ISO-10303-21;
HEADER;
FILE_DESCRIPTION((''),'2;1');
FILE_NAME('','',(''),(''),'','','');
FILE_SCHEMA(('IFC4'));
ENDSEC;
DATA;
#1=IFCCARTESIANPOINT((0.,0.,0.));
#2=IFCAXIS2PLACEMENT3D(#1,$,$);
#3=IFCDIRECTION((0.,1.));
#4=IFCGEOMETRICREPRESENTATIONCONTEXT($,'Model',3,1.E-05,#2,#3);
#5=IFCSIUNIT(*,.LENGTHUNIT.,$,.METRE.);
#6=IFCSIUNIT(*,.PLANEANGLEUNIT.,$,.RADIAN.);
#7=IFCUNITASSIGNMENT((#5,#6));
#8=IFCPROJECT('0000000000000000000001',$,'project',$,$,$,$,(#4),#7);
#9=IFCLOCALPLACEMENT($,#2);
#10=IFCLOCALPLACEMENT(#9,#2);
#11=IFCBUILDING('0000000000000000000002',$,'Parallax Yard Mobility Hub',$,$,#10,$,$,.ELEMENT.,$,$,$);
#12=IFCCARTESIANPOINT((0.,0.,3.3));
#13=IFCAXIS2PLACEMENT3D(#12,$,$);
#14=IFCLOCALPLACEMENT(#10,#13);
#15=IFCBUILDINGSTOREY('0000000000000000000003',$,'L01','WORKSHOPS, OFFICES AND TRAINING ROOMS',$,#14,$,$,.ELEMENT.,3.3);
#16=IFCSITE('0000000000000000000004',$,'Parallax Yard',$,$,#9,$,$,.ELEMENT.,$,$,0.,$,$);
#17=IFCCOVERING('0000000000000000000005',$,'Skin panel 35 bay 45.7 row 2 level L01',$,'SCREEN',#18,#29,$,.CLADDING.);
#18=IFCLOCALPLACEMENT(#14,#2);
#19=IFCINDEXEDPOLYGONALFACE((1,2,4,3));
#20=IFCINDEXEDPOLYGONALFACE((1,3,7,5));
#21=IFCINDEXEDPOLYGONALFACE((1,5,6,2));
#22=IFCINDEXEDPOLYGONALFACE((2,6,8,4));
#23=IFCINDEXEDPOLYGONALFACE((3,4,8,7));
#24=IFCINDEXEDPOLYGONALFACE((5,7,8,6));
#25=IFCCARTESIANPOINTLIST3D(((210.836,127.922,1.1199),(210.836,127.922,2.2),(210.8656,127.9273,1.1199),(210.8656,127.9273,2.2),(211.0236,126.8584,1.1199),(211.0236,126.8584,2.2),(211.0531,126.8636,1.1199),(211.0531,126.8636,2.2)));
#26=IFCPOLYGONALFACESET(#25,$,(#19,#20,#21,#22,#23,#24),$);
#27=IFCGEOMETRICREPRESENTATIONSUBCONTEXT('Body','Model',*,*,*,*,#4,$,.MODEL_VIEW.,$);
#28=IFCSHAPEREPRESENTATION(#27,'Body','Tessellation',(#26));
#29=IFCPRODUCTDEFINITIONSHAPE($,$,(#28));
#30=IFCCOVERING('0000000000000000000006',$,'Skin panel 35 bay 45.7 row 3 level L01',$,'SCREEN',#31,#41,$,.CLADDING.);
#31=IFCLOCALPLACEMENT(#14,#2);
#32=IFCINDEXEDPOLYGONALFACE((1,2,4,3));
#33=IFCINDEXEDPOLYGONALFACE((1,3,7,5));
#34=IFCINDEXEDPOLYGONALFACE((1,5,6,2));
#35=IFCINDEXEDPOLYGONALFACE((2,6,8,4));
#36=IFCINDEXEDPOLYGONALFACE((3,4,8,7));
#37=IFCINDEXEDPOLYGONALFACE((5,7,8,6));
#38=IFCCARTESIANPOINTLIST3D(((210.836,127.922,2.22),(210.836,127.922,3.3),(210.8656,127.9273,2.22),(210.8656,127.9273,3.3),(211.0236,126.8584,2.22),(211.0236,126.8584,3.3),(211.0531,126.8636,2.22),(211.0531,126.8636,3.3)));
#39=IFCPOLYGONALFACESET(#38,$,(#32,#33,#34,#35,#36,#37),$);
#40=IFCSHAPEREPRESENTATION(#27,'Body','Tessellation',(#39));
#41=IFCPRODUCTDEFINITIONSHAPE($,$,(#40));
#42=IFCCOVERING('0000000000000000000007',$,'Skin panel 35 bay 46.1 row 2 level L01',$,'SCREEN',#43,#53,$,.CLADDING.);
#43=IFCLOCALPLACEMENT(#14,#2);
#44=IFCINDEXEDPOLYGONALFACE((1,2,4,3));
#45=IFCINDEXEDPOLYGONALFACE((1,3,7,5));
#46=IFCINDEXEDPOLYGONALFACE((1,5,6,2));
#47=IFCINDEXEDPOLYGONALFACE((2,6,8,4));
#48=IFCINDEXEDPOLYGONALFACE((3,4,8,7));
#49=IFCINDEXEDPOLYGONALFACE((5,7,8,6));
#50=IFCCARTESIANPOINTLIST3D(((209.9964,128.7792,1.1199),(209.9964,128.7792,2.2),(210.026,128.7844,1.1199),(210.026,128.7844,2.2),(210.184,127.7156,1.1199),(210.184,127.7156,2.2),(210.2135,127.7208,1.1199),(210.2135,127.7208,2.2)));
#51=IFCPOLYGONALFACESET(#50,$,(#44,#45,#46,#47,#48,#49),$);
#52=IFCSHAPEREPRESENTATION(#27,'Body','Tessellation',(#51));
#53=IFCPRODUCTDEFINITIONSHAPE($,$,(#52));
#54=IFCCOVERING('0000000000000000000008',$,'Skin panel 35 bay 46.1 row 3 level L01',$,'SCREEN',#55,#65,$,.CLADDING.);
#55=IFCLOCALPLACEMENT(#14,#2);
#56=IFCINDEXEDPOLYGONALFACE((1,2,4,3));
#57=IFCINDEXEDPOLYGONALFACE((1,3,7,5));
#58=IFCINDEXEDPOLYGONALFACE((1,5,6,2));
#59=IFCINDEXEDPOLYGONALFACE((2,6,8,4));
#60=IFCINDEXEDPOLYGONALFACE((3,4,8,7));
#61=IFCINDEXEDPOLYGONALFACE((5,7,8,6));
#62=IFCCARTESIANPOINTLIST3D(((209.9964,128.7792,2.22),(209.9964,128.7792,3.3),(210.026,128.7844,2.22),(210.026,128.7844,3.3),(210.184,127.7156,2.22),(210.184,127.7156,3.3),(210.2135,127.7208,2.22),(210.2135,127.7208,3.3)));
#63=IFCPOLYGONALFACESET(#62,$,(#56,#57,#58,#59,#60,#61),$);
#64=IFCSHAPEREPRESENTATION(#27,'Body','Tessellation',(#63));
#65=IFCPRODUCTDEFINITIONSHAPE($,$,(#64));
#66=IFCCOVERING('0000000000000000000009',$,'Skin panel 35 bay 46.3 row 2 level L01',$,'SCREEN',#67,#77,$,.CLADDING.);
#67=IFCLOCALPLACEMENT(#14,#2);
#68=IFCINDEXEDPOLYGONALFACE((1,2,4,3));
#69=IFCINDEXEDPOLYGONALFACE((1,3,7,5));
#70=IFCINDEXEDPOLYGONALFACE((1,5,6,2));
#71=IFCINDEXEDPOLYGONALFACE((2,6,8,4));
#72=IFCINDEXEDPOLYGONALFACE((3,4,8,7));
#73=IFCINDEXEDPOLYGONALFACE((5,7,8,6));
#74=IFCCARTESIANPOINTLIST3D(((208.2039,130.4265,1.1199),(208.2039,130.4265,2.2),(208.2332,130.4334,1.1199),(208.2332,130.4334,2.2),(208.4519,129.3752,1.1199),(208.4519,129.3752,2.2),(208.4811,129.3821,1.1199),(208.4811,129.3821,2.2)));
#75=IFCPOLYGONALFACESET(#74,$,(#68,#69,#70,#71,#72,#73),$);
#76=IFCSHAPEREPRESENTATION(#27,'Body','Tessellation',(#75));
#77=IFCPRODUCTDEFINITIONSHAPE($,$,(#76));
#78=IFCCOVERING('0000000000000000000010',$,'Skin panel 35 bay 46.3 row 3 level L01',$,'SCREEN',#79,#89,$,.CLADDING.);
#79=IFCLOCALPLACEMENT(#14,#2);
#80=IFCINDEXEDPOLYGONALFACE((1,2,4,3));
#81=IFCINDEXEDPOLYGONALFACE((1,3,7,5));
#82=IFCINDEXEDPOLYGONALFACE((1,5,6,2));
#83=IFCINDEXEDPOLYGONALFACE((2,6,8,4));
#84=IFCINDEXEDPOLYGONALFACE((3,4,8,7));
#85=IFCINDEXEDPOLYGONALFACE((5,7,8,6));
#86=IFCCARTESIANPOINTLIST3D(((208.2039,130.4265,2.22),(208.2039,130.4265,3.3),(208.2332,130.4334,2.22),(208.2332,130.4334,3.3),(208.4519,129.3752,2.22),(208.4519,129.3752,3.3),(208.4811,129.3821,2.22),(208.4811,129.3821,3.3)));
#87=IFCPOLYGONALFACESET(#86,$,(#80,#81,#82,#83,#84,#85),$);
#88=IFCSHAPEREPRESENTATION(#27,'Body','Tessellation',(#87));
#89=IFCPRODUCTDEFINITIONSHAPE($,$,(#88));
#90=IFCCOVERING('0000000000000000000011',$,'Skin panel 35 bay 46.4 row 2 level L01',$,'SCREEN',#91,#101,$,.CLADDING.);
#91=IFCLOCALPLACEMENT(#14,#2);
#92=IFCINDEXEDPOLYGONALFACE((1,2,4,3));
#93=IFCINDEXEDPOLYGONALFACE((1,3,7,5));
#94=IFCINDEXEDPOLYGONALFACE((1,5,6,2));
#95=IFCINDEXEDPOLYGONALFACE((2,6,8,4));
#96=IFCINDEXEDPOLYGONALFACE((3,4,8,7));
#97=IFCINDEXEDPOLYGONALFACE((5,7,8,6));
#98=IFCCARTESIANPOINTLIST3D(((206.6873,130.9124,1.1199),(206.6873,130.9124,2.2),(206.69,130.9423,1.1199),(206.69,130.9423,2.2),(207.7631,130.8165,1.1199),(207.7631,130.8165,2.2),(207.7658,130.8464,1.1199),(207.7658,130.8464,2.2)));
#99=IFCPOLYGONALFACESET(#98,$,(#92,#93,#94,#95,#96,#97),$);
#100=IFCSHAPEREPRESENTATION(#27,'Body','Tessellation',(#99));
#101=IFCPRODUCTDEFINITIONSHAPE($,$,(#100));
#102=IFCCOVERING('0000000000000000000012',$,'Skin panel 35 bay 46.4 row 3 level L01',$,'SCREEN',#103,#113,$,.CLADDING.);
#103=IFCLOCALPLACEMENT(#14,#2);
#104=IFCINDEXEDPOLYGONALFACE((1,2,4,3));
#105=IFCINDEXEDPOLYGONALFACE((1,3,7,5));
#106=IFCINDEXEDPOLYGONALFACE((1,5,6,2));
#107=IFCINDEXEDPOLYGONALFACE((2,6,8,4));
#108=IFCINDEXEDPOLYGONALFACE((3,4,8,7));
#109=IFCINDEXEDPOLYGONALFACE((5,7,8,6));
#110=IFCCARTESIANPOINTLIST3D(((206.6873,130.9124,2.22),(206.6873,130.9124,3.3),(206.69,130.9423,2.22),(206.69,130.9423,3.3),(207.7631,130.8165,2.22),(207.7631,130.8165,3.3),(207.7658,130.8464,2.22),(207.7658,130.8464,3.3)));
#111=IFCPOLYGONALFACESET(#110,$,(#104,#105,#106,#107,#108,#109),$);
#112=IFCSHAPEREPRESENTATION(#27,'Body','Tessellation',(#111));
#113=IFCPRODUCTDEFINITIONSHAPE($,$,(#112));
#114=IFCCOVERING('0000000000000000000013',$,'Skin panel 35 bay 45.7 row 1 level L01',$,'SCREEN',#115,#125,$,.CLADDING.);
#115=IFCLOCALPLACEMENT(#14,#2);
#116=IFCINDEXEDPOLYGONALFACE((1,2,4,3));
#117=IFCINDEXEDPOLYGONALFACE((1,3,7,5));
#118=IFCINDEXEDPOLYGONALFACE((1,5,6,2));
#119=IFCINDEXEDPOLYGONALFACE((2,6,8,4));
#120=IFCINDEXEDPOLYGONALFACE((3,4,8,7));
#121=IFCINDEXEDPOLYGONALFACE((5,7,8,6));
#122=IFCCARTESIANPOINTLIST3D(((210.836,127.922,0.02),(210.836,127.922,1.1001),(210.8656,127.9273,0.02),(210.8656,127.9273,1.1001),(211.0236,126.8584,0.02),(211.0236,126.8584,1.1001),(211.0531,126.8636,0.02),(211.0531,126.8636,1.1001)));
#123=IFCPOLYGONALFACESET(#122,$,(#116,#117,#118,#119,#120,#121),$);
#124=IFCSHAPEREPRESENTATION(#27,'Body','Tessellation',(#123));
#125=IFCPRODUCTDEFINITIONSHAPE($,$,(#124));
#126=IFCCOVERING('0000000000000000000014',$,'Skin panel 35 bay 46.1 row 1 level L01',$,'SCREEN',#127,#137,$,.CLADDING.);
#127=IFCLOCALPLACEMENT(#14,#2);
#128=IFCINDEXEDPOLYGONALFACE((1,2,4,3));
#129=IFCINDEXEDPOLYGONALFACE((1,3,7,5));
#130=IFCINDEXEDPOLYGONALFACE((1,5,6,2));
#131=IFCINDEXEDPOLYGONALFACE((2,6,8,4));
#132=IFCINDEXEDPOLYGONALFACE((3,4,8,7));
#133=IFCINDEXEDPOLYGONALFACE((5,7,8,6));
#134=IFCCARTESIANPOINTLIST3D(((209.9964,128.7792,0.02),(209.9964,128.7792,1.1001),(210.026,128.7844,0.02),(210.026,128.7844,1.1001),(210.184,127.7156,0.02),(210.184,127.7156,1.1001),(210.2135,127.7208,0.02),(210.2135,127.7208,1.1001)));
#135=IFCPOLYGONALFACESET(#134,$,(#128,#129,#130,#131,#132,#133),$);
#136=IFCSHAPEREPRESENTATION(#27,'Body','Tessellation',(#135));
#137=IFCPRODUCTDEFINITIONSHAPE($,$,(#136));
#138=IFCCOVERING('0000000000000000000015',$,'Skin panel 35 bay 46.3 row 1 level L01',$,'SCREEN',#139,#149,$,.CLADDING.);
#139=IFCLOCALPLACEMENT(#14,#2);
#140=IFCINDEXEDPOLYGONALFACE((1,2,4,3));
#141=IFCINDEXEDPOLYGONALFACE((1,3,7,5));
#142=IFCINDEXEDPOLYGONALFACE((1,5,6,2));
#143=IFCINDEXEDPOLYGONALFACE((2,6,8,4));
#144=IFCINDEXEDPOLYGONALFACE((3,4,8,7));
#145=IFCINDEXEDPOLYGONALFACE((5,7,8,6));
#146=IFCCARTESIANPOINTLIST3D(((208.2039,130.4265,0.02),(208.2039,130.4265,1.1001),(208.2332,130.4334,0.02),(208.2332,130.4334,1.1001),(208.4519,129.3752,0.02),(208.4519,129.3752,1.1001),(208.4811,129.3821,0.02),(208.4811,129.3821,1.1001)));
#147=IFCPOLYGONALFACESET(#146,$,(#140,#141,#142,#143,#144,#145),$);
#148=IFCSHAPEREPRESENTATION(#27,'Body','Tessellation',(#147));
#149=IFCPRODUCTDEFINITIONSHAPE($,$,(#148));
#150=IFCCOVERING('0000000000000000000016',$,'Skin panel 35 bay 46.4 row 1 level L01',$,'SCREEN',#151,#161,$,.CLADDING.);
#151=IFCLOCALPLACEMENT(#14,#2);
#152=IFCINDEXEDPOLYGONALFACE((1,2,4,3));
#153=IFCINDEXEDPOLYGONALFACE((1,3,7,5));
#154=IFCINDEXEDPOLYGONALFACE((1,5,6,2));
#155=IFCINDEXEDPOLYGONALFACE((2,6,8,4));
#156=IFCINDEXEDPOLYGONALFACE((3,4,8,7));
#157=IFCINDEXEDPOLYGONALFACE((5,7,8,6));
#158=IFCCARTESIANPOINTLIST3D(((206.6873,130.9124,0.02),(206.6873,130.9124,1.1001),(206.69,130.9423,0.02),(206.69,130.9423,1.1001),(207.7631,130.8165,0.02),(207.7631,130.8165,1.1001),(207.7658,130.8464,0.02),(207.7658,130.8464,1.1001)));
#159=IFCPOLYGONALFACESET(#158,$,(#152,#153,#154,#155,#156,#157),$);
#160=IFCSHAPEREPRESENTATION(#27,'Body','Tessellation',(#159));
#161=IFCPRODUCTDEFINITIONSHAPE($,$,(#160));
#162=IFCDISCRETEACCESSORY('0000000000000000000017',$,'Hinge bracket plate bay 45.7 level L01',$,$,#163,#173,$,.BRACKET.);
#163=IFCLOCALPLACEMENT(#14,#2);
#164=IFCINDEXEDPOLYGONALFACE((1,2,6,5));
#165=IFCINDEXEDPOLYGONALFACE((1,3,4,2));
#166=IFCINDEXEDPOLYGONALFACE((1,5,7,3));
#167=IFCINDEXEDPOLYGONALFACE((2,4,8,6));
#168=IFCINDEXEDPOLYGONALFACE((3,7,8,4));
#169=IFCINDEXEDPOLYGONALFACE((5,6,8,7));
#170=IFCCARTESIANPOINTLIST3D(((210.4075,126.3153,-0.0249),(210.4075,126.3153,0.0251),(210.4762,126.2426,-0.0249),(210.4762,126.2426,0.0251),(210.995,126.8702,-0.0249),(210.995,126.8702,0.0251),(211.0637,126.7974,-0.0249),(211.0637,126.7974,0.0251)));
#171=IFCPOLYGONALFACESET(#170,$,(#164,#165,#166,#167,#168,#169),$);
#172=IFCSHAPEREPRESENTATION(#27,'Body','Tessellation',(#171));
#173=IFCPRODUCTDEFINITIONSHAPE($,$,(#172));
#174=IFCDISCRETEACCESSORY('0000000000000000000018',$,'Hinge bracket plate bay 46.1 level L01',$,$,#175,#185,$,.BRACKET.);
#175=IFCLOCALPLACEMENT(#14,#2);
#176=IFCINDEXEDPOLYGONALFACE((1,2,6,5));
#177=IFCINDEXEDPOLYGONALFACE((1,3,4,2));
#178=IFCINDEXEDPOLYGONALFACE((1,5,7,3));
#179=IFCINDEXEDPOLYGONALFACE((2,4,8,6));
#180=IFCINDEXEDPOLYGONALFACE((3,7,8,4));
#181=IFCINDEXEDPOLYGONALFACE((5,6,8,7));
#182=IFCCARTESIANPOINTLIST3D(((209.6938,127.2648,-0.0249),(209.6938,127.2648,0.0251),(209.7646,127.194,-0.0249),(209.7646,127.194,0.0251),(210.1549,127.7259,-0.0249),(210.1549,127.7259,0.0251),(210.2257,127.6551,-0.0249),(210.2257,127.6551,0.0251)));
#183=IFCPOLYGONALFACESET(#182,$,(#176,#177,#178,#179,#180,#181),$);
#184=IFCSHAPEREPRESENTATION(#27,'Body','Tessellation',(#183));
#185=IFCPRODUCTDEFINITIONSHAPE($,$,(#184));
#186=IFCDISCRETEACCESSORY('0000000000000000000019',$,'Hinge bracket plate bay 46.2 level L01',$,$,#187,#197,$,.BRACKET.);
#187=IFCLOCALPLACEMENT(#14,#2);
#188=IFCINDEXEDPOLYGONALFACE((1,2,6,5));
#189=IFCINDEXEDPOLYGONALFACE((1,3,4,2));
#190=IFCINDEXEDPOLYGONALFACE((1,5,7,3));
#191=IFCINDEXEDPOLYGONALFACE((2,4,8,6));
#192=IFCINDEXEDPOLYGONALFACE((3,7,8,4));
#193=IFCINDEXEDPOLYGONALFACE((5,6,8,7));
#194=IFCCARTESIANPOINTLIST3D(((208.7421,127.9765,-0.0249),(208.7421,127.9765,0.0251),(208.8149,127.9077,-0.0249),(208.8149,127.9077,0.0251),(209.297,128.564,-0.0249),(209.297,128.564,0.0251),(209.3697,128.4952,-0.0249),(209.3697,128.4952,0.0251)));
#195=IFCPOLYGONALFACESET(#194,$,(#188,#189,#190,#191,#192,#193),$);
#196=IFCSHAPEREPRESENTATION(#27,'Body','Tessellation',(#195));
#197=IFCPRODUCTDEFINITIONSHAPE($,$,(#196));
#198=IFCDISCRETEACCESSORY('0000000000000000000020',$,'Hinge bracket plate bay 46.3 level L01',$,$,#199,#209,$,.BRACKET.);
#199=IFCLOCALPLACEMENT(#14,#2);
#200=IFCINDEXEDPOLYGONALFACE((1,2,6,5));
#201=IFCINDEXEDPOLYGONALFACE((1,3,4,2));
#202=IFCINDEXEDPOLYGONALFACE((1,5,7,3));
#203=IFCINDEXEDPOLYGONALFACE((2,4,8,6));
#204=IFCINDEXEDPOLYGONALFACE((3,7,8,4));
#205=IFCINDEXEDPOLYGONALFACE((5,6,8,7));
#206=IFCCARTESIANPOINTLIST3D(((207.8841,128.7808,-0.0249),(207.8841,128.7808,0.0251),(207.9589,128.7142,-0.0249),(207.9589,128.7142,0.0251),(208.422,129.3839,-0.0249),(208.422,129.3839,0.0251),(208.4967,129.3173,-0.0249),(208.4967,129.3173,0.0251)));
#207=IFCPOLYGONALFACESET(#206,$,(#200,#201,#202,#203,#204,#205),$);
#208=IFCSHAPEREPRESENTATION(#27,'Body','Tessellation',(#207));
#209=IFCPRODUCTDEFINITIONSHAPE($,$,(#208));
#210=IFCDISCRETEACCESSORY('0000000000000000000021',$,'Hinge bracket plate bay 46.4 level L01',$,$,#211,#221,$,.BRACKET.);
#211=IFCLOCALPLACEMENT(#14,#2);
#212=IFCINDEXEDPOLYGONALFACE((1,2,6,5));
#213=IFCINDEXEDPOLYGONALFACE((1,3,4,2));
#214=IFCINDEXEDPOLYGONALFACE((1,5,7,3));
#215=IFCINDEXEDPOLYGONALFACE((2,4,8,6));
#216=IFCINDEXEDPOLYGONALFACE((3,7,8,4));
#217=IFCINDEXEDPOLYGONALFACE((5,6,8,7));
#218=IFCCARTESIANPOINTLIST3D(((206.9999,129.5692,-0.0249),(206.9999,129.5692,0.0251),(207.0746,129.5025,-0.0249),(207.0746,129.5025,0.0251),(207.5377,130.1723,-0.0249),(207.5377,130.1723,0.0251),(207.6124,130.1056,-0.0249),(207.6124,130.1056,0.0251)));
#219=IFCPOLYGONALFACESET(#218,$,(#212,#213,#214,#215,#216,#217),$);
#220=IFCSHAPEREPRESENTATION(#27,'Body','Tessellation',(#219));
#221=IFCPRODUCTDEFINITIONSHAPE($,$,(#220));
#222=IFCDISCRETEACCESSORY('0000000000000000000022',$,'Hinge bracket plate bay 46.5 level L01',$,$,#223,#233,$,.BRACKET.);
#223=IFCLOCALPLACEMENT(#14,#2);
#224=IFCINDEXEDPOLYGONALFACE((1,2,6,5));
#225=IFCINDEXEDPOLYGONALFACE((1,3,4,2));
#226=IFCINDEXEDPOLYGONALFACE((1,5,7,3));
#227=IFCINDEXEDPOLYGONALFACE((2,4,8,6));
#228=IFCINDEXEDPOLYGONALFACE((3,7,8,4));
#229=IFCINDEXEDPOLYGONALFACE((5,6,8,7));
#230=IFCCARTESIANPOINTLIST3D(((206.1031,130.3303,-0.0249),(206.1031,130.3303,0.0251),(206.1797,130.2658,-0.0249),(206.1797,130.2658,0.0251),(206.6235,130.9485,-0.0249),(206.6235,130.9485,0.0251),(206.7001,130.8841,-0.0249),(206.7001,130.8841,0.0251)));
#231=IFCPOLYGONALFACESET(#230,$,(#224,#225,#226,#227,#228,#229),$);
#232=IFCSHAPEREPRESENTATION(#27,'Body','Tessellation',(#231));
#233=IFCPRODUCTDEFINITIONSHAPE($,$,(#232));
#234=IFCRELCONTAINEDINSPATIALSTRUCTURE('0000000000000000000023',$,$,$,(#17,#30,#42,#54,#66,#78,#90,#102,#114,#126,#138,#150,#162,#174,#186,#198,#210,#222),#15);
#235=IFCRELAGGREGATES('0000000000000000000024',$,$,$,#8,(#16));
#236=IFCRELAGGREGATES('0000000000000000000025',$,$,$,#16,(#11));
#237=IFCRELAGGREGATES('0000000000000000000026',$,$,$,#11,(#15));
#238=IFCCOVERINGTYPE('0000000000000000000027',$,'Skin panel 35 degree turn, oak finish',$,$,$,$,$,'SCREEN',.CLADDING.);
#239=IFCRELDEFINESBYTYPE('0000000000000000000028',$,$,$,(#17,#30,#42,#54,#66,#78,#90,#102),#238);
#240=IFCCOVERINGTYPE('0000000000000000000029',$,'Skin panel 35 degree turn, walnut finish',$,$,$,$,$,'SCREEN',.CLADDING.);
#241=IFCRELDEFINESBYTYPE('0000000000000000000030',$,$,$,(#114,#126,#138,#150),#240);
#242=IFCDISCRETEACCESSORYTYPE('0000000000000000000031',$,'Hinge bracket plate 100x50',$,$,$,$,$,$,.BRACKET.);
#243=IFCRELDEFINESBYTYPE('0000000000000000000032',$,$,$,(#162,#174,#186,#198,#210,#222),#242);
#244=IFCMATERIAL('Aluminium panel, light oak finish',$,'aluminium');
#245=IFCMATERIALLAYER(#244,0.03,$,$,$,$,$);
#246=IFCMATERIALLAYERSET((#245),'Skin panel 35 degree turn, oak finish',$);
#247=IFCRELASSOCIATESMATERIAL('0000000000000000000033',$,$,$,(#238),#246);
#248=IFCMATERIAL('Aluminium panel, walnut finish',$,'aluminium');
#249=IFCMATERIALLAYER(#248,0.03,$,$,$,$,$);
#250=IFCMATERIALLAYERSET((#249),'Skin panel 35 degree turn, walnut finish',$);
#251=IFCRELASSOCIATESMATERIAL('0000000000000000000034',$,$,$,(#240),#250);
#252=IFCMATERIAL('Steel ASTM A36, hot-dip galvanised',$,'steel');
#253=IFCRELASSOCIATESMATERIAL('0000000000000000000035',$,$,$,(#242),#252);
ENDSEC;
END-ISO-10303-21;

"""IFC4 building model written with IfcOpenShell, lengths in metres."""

from ifc_helpers import new_model, si_unit, direction, frame, origin, origin_2d, place, context, subcontext, project, spatial, rectangle, extrude, material, layer, layer_set, type_object, element, save


model = new_model("IFC4")

# Units and contexts
model_context = context("Model", 3, precision=1e-05, world=origin(), true_north=direction((0.0, 1.0)))
body_context = subcontext(model_context, "Body", "Model", "MODEL_VIEW")
ifc_project = project(units=[si_unit("LENGTHUNIT", "METRE"), si_unit("PLANEANGLEUNIT", "RADIAN")], contexts=[model_context])

# Site, building, storey
site_placement = place(None, origin())
site = spatial("IfcSite", under=ifc_project, at=site_placement, Name="Parallax Yard", CompositionType="ELEMENT", RefElevation=0.0)
building_placement = place(site_placement, origin())
building = spatial("IfcBuilding", under=site, at=building_placement, Name="Parallax Yard Mobility Hub", CompositionType="ELEMENT")
storey_placement = place(building_placement, frame((0.0, 0.0, 3.3)))
storey = spatial("IfcBuildingStorey", under=building, at=storey_placement, Name="L01", Description="WORKSHOPS, OFFICES AND TRAINING ROOMS", CompositionType="ELEMENT", Elevation=3.3)

# Coverings
ifc_material_1 = material(Name="Aluminium panel, light oak finish", Category="aluminium")
ifc_material_2 = material(Name="Aluminium panel, walnut finish", Category="aluminium")
ifc_layer_1 = layer(ifc_material_1, 0.03)
ifc_layer_set_1 = layer_set([ifc_layer_1], Name="Skin panel 35 degree turn, oak finish")
covering_type_1 = type_object("IfcCoveringType", Name="Skin panel 35 degree turn, oak finish", ElementType="SCREEN", PredefinedType="CLADDING", material=ifc_layer_set_1)
for number, where, z_axis, x_axis, name in (
    (1, (210.9446, 127.3928, 1.1199), (0.0, 0.0, 1.0), (-0.173648, 0.984808, 0.0), "Skin panel 35 bay 45.7 row 2 level L01"),
    (2, (210.9446, 127.3928, 2.22), (0.0, 0.0, 1.0), (-0.173648, 0.984808, 0.0), "Skin panel 35 bay 45.7 row 3 level L01"),
    (3, (210.105, 128.25, 1.1199), (0.0, 0.0, 1.0), (-0.173648, 0.984808, 0.0), "Skin panel 35 bay 46.1 row 2 level L01"),
    (4, (210.105, 128.25, 2.22), (0.0, 0.0, 1.0), (-0.173648, 0.984808, 0.0), "Skin panel 35 bay 46.1 row 3 level L01"),
    (5, (208.3425, 129.9043, 1.1199), (0.0, 0.0, 1.0), (-0.229586, 0.973288, 0.0), "Skin panel 35 bay 46.3 row 2 level L01"),
    (6, (208.3425, 129.9043, 2.22), (0.0, 0.0, 1.0), (-0.229586, 0.973288, 0.0), "Skin panel 35 bay 46.3 row 3 level L01"),
    (7, (207.2266, 130.8794, 1.1199), (0.0, 0.0, 1.0), (0.996055, -0.088736, 0.0), "Skin panel 35 bay 46.4 row 2 level L01"),
    (8, (207.2266, 130.8794, 2.22), (0.0, 0.0, 1.0), (0.996055, -0.088736, 0.0), "Skin panel 35 bay 46.4 row 3 level L01"),
):
    element("IfcCovering", number, at=place(storey_placement, frame(where, z_axis=z_axis, x_axis=x_axis)), inside=storey, type_object=covering_type_1, Name=name, ObjectType="SCREEN", PredefinedType="CLADDING", context=body_context, shape_type="SweptSolid", body=[
        extrude(rectangle(XDim=1.0801, YDim=0.03, at=origin_2d()), origin(), (0.0, 0.0, 1.0), 1.0801),
    ])
ifc_layer_2 = layer(ifc_material_2, 0.03)
ifc_layer_set_2 = layer_set([ifc_layer_2], Name="Skin panel 35 degree turn, walnut finish")
covering_type_2 = type_object("IfcCoveringType", Name="Skin panel 35 degree turn, walnut finish", ElementType="SCREEN", PredefinedType="CLADDING", material=ifc_layer_set_2)
for number, where, z_axis, x_axis, name in (
    (9, (210.9446, 127.3928, 0.02), (0.0, 0.0, 1.0), (-0.173648, 0.984808, 0.0), "Skin panel 35 bay 45.7 row 1 level L01"),
    (10, (210.105, 128.25, 0.02), (0.0, 0.0, 1.0), (-0.173648, 0.984808, 0.0), "Skin panel 35 bay 46.1 row 1 level L01"),
    (11, (208.3425, 129.9043, 0.02), (0.0, 0.0, 1.0), (-0.229586, 0.973288, 0.0), "Skin panel 35 bay 46.3 row 1 level L01"),
    (12, (207.2266, 130.8794, 0.02), (0.0, 0.0, 1.0), (0.996055, -0.088736, 0.0), "Skin panel 35 bay 46.4 row 1 level L01"),
):
    element("IfcCovering", number, at=place(storey_placement, frame(where, z_axis=z_axis, x_axis=x_axis)), inside=storey, type_object=covering_type_2, Name=name, ObjectType="SCREEN", PredefinedType="CLADDING", context=body_context, shape_type="SweptSolid", body=[
        extrude(rectangle(XDim=1.0801, YDim=0.03, at=origin_2d()), origin(), (0.0, 0.0, 1.0), 1.0801),
    ])

# Discrete accessories
ifc_material_3 = material(Name="Steel ASTM A36, hot-dip galvanised", Category="steel")
discrete_accessory_type_1 = type_object("IfcDiscreteAccessoryType", Name="Hinge bracket plate 100x50", PredefinedType="BRACKET", material=ifc_material_3)
discrete_accessory_1_placement = place(storey_placement, frame((210.7356, 126.5564, -0.0249), z_axis=(0.0, 0.0, 1.0), x_axis=(0.727011, 0.686626, 0.0)))
element("IfcDiscreteAccessory", 13, at=discrete_accessory_1_placement, inside=storey, type_object=discrete_accessory_type_1, Name="Hinge bracket plate bay 45.7 level L01", PredefinedType="BRACKET", context=body_context, shape_type="SweptSolid", body=[
    extrude(rectangle(XDim=0.8081, YDim=0.1001, at=origin_2d()), origin(), (0.0, 0.0, 1.0), 0.05),
])
discrete_accessory_2_placement = place(storey_placement, frame((209.9597, 127.46, -0.0249), z_axis=(0.0, 0.0, 1.0), x_axis=(0.707107, 0.707107, 0.0)))
element("IfcDiscreteAccessory", 14, at=discrete_accessory_2_placement, inside=storey, type_object=discrete_accessory_type_1, Name="Hinge bracket plate bay 46.1 level L01", PredefinedType="BRACKET", context=body_context, shape_type="SweptSolid", body=[
    extrude(rectangle(XDim=0.6521, YDim=0.1001, at=origin_2d()), origin(), (0.0, 0.0, 1.0), 0.05),
])
for number, where, z_axis, x_axis, name in (
    (15, (209.0559, 128.2358, -0.0249), (0.0, 0.0, 1.0), (0.686626, 0.727011, 0.0), "Hinge bracket plate bay 46.2 level L01"),
    (16, (208.1904, 129.0491, -0.0249), (0.0, 0.0, 1.0), (0.665586, 0.746321, 0.0), "Hinge bracket plate bay 46.3 level L01"),
    (17, (207.3062, 129.8374, -0.0249), (0.0, 0.0, 1.0), (0.665586, 0.746321, 0.0), "Hinge bracket plate bay 46.4 level L01"),
    (18, (206.4016, 130.6072, -0.0249), (0.0, 0.0, 1.0), (0.644002, 0.765024, 0.0), "Hinge bracket plate bay 46.5 level L01"),
):
    element("IfcDiscreteAccessory", number, at=place(storey_placement, frame(where, z_axis=z_axis, x_axis=x_axis)), inside=storey, type_object=discrete_accessory_type_1, Name=name, PredefinedType="BRACKET", context=body_context, shape_type="SweptSolid", body=[
        extrude(rectangle(XDim=0.8081, YDim=0.1001, at=origin_2d()), origin(), (0.0, 0.0, 1.0), 0.05),
    ])

save(model, "model.ifc")
